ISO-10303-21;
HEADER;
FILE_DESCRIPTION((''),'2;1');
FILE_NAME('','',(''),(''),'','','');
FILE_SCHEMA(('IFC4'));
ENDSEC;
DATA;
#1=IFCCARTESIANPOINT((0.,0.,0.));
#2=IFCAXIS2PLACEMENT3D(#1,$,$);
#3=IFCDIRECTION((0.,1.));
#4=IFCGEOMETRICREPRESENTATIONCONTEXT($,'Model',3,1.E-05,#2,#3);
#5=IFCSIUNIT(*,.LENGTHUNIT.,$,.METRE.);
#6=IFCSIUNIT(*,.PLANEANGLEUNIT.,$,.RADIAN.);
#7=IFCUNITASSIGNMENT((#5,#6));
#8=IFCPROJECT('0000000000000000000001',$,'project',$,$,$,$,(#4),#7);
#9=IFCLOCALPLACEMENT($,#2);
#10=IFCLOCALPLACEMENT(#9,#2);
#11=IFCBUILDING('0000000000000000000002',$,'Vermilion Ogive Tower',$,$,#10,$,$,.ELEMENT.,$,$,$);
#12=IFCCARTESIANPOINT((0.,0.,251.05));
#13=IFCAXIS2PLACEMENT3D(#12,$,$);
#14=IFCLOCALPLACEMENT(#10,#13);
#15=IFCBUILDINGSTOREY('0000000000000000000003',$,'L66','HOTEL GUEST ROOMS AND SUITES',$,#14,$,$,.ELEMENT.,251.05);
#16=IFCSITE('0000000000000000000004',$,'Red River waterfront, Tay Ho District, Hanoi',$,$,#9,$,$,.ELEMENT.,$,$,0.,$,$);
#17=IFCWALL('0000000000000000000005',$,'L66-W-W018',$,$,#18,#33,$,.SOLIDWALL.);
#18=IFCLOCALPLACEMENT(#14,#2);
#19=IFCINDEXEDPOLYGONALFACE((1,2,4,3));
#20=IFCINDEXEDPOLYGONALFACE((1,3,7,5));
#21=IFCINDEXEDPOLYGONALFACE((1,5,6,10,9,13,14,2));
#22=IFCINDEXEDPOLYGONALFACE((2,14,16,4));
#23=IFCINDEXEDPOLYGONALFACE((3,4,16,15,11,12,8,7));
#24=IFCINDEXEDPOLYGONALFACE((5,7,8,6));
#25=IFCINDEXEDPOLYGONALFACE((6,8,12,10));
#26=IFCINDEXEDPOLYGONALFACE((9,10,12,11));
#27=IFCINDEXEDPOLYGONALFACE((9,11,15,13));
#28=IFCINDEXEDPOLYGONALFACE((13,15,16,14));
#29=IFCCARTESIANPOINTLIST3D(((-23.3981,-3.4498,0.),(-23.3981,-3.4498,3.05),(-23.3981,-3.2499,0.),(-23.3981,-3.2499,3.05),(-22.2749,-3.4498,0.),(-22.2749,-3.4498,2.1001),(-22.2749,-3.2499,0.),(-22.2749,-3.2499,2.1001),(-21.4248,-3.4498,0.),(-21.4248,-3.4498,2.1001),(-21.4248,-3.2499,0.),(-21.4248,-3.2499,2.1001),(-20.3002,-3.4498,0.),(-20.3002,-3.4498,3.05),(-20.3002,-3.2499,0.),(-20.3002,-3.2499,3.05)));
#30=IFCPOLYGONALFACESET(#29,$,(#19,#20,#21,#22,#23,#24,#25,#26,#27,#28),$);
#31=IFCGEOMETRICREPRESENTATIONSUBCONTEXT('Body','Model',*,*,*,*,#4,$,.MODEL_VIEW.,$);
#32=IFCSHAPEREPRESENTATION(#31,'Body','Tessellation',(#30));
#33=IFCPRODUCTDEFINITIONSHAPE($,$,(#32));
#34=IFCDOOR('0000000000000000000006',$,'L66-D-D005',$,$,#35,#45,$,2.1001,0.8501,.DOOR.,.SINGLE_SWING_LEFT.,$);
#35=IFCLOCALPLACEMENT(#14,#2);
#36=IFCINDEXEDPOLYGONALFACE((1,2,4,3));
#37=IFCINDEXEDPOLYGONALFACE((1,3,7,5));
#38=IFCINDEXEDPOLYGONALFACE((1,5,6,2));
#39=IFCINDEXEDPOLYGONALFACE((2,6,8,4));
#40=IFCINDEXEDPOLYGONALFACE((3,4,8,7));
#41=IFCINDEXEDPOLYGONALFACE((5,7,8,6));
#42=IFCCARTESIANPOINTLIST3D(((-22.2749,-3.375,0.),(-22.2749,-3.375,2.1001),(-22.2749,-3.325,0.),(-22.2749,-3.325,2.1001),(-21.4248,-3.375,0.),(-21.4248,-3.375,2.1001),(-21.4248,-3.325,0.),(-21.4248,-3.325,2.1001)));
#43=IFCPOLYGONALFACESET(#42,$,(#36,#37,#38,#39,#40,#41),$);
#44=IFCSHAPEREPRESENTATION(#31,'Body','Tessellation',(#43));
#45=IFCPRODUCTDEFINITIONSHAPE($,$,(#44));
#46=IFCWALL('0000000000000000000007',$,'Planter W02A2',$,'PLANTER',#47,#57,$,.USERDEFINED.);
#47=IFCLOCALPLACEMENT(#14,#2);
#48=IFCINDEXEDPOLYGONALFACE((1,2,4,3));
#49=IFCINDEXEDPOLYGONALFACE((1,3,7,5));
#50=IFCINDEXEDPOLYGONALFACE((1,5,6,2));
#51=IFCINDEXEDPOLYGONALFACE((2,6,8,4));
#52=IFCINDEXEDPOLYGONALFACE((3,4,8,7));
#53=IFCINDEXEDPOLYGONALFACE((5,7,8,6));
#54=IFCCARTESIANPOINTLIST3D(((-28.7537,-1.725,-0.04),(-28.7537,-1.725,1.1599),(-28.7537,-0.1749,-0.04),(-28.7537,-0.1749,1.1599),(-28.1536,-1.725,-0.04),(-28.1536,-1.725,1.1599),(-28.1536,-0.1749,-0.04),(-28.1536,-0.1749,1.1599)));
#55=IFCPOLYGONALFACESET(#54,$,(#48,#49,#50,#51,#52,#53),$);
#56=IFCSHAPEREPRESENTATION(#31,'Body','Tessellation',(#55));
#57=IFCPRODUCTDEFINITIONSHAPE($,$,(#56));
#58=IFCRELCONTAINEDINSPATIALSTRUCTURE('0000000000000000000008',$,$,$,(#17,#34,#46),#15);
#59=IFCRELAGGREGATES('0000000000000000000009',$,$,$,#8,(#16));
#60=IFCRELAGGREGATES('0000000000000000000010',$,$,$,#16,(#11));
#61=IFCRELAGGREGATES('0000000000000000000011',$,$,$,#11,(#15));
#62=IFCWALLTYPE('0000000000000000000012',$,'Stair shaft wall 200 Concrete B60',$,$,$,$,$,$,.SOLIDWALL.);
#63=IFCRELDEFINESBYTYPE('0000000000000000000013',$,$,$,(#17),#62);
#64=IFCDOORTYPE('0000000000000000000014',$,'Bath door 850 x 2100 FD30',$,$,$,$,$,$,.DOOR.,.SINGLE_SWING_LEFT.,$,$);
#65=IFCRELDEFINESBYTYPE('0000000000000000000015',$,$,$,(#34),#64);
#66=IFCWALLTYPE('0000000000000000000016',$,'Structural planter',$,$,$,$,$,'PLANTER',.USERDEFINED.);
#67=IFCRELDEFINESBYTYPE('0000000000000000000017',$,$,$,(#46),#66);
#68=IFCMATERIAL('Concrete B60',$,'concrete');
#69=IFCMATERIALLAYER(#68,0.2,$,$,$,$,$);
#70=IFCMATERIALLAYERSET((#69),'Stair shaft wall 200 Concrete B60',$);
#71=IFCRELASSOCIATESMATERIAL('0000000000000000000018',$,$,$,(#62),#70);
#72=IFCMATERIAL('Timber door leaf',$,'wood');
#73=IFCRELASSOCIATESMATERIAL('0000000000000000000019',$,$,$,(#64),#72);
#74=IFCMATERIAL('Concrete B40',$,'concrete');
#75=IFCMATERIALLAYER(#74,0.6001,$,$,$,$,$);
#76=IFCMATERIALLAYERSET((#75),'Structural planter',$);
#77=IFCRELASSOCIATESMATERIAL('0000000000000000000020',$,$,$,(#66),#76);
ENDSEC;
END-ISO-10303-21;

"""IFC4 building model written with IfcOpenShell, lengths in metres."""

from ifc_helpers import new_model, si_unit, direction, frame, frame_2d, origin, place, context, subcontext, project, spatial, rectangle, extrude, material, layer, layer_set, type_object, element, fill, save


model = new_model("IFC4")

# Units and contexts
model_context = context("Model", 3, precision=1e-05, world=origin(), true_north=direction((0.0, 1.0)))
body_context = subcontext(model_context, "Body", "Model", "MODEL_VIEW")
ifc_project = project(units=[si_unit("LENGTHUNIT", "METRE"), si_unit("PLANEANGLEUNIT", "RADIAN")], contexts=[model_context])

# Site, building, storey
site_placement = place(None, origin())
site = spatial("IfcSite", under=ifc_project, at=site_placement, Name="Red River waterfront, Tay Ho District, Hanoi", CompositionType="ELEMENT", RefElevation=0.0)
building_placement = place(site_placement, origin())
building = spatial("IfcBuilding", under=site, at=building_placement, Name="Vermilion Ogive Tower", CompositionType="ELEMENT")
storey_placement = place(building_placement, frame((0.0, 0.0, 251.05)))
storey = spatial("IfcBuildingStorey", under=building, at=storey_placement, Name="L66", Description="HOTEL GUEST ROOMS AND SUITES", CompositionType="ELEMENT", Elevation=251.05)

# Wall, opening, door
ifc_material_1 = material(Name="Concrete B60", Category="concrete")
ifc_layer_1 = layer(ifc_material_1, 0.2)
ifc_layer_set_1 = layer_set([ifc_layer_1], Name="Stair shaft wall 200 Concrete B60")
wall_type_1 = type_object("IfcWallType", Name="Stair shaft wall 200 Concrete B60", PredefinedType="SOLIDWALL", material=ifc_layer_set_1)
wall_1_placement = place(storey_placement, frame((-23.3979, -3.3499, 0.0), z_axis=(0.0, 0.0, 1.0), x_axis=(1.0, 0.0, 0.0)))
wall_1 = element("IfcWall", 1, at=wall_1_placement, inside=storey, type_object=wall_type_1, Name="L66-W-W018", PredefinedType="SOLIDWALL", context=body_context, shape_type="SweptSolid", body=[
    extrude(rectangle(XDim=3.0979, YDim=0.2, at=frame_2d((1.5488, 0.0))), origin(), (0.0, 0.0, 1.0), 3.05),
])
opening_1_placement = place(wall_1_placement, frame((1.123, 0.0, 0.0)))
opening_1 = element("IfcOpeningElement", 2, at=opening_1_placement, cuts=wall_1, PredefinedType="OPENING", context=body_context, shape_type="SweptSolid", body=[
    extrude(rectangle(XDim=0.8501, YDim=2.1001, at=frame_2d((0.425, 1.05))), frame((0.0, 0.1099, 0.0), z_axis=(0.0, -1.0, 0.0), x_axis=(1.0, 0.0, 0.0)), (0.0, 0.0, 1.0), 0.22),
])
ifc_material_2 = material(Name="Timber door leaf", Category="wood")
door_type_1 = type_object("IfcDoorType", Name="Bath door 850 x 2100 FD30", OperationType="SINGLE_SWING_LEFT", PredefinedType="DOOR", material=ifc_material_2)
door_1_placement = place(opening_1_placement, origin())
door_1 = element("IfcDoor", 3, at=door_1_placement, inside=storey, type_object=door_type_1, Name="L66-D-D005", OperationType="SINGLE_SWING_LEFT", OverallHeight=2.1001, OverallWidth=0.8501, PredefinedType="DOOR", context=body_context, shape_type="SweptSolid", body=[
    extrude(rectangle(XDim=0.8501, YDim=2.1001, at=frame_2d((0.425, 1.05))), frame((0.0, 0.0249, 0.0), z_axis=(0.0, -1.0, 0.0), x_axis=(1.0, 0.0, 0.0)), (0.0, 0.0, 1.0), 0.05),
])
fill(opening_1, door_1)

# Wall
ifc_material_3 = material(Name="Concrete B40", Category="concrete")
ifc_layer_2 = layer(ifc_material_3, 0.6001)
ifc_layer_set_2 = layer_set([ifc_layer_2], Name="Structural planter")
wall_type_2 = type_object("IfcWallType", Name="Structural planter", ElementType="PLANTER", PredefinedType="USERDEFINED", material=ifc_layer_set_2)
wall_2_placement = place(storey_placement, frame((-28.4536, -0.175, -0.04), z_axis=(0.0, 0.0, 1.0), x_axis=(0.0, -1.0, 0.0)))
element("IfcWall", 4, at=wall_2_placement, inside=storey, type_object=wall_type_2, Name="Planter W02A2", ObjectType="PLANTER", PredefinedType="USERDEFINED", context=body_context, shape_type="SweptSolid", body=[
    extrude(rectangle(XDim=1.55, YDim=0.6001, at=frame_2d((0.7749, 0.0))), origin(), (0.0, 0.0, 1.0), 1.2),
])

save(model, "model.ifc")
